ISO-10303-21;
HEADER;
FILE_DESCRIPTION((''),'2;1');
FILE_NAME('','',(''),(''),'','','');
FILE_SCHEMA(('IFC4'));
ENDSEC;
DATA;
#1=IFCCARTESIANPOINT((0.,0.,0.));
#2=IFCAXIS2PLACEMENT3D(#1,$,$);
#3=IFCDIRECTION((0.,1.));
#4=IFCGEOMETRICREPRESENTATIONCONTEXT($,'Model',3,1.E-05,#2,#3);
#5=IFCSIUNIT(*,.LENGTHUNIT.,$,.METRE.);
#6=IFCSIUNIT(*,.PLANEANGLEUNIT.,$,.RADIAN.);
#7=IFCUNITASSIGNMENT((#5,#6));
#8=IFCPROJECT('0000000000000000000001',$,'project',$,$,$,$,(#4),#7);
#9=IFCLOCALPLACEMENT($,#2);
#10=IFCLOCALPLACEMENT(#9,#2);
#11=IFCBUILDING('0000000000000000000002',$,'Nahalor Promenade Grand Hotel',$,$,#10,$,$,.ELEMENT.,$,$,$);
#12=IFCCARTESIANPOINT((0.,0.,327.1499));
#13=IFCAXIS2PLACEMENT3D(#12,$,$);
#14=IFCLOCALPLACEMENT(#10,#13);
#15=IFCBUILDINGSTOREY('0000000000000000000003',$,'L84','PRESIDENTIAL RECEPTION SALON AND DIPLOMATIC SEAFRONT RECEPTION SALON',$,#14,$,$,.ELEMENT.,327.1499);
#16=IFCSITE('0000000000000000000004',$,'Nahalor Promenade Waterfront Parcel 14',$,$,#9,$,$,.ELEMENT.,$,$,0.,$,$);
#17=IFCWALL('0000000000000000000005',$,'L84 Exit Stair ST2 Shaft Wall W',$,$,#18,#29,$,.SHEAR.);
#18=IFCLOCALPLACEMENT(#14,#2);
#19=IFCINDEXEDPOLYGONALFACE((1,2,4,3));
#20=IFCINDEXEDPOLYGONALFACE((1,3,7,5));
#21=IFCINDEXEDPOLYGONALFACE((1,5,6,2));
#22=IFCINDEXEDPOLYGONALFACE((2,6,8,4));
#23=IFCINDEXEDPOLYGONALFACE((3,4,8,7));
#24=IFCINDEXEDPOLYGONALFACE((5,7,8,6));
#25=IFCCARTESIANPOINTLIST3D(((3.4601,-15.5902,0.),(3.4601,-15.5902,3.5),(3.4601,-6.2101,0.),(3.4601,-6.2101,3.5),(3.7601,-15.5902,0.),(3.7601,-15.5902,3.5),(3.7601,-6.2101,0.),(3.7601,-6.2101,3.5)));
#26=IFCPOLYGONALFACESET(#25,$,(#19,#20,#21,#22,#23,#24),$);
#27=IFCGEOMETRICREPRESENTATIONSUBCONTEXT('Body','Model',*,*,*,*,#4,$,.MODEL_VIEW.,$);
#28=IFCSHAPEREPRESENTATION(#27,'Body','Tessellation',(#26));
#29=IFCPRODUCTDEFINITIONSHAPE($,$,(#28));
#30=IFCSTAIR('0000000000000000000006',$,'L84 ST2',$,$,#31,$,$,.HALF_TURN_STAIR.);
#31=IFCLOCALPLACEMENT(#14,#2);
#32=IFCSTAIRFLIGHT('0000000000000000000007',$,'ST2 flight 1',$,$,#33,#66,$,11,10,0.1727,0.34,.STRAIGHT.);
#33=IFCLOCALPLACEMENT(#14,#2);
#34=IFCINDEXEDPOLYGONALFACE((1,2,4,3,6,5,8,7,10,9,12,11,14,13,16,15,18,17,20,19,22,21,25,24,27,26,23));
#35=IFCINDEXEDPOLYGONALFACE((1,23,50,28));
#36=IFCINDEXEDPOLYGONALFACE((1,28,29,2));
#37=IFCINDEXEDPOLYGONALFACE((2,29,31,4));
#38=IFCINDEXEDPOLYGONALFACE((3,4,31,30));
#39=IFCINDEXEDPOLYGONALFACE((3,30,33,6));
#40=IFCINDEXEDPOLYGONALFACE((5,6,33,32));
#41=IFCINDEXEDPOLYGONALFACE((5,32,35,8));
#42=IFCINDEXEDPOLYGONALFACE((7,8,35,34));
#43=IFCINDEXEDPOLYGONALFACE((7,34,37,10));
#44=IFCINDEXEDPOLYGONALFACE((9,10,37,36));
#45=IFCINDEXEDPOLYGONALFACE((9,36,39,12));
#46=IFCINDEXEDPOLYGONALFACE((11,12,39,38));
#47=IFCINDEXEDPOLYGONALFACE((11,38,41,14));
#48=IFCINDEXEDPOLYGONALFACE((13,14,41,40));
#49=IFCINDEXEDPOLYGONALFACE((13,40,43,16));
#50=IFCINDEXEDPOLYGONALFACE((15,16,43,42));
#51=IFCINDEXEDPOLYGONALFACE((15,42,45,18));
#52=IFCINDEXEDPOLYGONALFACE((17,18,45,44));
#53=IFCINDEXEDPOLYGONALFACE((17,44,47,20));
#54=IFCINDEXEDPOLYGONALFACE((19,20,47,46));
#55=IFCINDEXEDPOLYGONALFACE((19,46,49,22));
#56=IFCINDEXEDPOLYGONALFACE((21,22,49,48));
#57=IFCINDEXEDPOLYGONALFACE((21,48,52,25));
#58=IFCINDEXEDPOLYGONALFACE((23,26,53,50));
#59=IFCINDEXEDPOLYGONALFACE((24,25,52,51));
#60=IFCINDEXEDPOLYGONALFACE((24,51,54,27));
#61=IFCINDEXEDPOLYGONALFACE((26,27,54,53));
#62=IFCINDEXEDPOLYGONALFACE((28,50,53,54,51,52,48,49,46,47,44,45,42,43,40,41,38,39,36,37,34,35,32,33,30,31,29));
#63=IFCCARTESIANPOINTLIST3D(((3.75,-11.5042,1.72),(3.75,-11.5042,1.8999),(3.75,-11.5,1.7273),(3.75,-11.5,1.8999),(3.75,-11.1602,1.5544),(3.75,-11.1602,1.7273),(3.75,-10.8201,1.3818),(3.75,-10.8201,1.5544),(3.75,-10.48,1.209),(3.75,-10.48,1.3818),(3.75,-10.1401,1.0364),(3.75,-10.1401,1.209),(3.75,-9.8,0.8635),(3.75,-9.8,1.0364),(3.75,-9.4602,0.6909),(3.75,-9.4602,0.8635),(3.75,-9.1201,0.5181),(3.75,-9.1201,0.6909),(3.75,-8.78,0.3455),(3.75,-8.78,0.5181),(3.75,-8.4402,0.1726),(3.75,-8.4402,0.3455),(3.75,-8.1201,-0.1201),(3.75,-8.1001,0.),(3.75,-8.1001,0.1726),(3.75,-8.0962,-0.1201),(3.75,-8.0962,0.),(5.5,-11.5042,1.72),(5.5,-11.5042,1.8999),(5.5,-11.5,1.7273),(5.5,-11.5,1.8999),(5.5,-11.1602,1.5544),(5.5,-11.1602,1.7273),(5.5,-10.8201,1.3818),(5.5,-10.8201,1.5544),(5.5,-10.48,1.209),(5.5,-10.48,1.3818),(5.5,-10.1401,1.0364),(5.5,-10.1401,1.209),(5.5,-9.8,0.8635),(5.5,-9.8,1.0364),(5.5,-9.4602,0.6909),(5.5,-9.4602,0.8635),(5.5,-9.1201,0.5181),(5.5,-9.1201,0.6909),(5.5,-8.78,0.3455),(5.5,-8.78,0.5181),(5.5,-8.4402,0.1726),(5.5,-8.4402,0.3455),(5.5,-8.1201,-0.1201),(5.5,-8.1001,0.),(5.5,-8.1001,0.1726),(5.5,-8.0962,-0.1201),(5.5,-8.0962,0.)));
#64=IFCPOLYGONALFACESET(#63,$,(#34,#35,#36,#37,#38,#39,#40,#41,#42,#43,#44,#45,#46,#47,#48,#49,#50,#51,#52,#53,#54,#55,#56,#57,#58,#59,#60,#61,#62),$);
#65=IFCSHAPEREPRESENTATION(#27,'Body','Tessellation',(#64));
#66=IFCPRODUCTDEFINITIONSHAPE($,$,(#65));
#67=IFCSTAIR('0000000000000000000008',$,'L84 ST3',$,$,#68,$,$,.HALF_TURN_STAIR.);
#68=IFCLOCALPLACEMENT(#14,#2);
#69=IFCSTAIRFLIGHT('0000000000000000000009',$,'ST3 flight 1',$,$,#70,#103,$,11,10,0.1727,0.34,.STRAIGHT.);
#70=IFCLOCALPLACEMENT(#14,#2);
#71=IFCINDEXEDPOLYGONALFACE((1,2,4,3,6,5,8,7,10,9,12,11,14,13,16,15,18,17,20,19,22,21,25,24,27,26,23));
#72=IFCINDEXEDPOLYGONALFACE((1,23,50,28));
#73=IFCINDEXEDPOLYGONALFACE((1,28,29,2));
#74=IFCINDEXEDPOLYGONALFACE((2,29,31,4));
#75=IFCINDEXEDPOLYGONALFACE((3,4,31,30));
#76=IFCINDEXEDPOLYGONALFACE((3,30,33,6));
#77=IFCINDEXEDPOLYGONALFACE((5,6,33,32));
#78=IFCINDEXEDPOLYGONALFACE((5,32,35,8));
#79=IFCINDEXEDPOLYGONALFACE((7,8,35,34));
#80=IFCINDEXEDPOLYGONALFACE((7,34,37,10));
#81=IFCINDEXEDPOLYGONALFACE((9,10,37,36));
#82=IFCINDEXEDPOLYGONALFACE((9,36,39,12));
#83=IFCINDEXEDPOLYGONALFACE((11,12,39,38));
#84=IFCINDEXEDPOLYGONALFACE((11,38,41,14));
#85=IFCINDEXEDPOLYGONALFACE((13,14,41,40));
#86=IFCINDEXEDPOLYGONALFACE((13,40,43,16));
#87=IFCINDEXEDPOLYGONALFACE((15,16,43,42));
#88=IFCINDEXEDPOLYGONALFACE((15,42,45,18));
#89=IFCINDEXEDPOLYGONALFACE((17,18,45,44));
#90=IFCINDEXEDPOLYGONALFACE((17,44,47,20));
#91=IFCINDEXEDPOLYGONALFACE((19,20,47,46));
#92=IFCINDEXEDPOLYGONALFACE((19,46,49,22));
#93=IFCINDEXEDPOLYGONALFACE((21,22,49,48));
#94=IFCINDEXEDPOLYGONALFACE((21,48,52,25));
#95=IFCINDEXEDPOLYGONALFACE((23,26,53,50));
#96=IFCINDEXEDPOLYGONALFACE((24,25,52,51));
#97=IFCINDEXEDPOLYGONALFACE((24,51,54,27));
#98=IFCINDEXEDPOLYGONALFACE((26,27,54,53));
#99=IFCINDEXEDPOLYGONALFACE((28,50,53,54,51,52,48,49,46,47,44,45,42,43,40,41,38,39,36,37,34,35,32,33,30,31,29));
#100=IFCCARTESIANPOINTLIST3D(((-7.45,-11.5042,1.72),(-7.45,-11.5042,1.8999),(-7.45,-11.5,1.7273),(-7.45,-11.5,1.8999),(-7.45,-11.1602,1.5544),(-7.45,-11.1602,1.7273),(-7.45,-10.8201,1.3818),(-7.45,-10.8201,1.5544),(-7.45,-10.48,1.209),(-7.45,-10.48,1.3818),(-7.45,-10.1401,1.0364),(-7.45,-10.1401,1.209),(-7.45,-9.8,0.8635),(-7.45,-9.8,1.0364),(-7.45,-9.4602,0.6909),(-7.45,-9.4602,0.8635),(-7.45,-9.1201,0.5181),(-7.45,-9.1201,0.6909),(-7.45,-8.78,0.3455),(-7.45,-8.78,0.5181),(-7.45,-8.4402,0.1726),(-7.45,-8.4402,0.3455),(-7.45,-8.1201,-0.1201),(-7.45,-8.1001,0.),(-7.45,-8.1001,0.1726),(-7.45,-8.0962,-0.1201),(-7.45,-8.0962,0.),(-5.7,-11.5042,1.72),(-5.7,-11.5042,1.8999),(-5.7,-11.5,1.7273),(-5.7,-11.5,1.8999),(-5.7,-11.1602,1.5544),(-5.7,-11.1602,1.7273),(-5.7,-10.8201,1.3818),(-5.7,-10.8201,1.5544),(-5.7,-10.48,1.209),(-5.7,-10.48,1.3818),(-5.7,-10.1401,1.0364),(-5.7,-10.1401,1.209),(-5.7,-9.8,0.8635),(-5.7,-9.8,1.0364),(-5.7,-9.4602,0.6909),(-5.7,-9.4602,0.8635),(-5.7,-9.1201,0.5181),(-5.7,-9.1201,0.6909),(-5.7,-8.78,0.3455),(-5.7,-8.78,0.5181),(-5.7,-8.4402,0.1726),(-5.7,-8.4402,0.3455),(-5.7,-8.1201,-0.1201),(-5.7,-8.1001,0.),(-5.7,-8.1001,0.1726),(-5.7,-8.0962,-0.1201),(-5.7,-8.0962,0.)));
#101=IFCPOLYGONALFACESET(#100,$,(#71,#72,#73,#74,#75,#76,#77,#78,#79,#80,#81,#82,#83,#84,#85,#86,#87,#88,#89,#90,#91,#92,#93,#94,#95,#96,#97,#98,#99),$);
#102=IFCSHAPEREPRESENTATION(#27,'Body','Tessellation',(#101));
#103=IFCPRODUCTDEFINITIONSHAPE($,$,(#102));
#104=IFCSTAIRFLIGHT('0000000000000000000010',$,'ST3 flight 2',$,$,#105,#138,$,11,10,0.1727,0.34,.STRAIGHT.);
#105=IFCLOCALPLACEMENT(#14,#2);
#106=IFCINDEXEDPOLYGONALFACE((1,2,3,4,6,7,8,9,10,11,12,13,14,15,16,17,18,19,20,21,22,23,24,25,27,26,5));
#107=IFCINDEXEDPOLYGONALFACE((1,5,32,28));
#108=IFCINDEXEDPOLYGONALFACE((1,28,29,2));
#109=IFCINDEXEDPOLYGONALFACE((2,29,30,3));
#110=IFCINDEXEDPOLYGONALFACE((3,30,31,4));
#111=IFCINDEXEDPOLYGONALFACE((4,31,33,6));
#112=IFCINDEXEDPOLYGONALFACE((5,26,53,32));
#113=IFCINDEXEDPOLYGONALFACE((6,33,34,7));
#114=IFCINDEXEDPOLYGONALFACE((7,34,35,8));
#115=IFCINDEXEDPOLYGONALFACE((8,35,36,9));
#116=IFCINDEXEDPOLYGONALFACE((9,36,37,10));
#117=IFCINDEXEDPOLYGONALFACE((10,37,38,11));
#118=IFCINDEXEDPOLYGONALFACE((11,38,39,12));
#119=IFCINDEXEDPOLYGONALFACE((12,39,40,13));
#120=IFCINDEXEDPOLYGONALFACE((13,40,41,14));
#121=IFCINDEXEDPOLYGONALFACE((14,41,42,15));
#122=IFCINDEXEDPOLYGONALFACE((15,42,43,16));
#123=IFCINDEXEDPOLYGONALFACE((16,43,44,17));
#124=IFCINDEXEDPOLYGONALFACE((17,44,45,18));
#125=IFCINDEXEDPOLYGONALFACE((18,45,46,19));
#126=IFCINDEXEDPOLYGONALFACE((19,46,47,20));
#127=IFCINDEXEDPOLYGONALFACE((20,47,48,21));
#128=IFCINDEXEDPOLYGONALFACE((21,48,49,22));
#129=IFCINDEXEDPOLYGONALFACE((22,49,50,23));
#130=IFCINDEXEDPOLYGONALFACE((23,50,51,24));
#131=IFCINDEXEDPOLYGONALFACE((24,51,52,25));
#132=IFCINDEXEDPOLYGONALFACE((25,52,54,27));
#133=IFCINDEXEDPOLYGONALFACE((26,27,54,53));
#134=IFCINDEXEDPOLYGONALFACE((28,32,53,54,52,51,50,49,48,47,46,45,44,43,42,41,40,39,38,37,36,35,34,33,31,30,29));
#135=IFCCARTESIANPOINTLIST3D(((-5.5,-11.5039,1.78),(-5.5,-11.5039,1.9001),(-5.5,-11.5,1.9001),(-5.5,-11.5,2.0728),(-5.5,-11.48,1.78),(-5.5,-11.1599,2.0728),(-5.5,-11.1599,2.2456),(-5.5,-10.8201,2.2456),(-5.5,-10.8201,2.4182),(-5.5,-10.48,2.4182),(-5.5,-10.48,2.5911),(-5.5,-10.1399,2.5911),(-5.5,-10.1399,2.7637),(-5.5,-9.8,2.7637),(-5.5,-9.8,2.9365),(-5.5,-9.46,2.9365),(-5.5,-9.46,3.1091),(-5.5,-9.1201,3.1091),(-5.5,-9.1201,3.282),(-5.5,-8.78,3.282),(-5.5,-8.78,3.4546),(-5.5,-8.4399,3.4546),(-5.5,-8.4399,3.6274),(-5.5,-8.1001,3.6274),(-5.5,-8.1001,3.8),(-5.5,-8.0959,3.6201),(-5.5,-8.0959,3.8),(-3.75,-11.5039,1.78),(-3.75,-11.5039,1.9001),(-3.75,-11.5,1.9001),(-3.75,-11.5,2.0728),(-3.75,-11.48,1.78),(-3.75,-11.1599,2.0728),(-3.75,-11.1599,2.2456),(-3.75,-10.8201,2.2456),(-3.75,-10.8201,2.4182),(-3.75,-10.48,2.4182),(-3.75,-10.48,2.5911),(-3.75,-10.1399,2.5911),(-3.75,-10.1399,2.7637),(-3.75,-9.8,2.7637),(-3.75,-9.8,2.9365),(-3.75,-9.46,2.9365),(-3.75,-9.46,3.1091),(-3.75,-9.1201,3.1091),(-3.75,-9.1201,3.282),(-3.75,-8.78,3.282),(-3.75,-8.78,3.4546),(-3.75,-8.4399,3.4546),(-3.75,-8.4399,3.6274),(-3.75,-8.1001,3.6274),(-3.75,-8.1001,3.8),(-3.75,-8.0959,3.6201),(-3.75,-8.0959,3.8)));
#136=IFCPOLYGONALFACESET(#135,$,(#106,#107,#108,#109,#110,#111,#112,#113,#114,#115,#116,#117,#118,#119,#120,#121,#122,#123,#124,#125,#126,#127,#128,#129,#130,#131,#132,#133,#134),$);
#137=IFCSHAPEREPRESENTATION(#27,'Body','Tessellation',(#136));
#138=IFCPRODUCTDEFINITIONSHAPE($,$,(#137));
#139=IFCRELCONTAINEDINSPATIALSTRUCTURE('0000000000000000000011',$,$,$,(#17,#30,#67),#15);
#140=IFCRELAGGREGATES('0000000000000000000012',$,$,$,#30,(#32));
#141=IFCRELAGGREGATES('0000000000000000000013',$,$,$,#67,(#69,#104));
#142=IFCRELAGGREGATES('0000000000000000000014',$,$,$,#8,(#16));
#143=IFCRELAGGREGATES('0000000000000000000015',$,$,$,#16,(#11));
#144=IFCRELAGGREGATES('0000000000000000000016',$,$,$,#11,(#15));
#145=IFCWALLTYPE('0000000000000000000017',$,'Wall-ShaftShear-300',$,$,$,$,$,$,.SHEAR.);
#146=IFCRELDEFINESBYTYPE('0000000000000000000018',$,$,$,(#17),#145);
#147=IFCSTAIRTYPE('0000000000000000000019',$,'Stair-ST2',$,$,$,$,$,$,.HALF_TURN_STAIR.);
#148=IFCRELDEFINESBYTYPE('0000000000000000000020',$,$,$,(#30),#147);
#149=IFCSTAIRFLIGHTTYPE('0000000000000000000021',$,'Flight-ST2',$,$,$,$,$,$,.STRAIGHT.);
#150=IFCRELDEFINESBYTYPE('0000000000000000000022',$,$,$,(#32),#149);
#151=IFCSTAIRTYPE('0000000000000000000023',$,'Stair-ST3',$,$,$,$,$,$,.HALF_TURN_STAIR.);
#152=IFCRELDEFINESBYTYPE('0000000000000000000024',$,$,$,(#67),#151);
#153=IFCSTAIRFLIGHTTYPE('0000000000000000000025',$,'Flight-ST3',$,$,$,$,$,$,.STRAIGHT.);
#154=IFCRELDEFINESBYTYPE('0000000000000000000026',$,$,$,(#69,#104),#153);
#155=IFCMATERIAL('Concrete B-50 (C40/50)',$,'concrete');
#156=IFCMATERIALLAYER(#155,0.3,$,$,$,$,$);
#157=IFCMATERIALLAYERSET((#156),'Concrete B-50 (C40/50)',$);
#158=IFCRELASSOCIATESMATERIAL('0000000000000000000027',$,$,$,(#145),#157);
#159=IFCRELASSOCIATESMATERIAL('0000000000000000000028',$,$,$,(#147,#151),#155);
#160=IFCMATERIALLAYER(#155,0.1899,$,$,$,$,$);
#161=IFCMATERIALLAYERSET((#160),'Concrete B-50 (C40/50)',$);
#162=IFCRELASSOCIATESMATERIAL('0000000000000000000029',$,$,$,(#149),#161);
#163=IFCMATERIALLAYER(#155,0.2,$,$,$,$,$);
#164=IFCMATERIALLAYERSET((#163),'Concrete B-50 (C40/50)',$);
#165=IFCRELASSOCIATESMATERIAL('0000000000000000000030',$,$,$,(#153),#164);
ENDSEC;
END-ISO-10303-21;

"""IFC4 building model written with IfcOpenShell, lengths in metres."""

from ifc_helpers import new_model, si_unit, direction, frame, frame_2d, origin, place, context, subcontext, project, spatial, polyline, rectangle, outline, extrude, source, transform, mapped, material, layer, layer_set, type_object, element, aggregate, save


model = new_model("IFC4")

# Units and contexts
model_context = context("Model", 3, precision=1e-05, world=origin(), true_north=direction((0.0, 1.0)))
body_context = subcontext(model_context, "Body", "Model", "MODEL_VIEW")
ifc_project = project(units=[si_unit("LENGTHUNIT", "METRE"), si_unit("PLANEANGLEUNIT", "RADIAN")], contexts=[model_context])

# Site, building, storey
site_placement = place(None, origin())
site = spatial("IfcSite", under=ifc_project, at=site_placement, Name="Nahalor Promenade Waterfront Parcel 14", CompositionType="ELEMENT", RefElevation=0.0)
building_placement = place(site_placement, origin())
building = spatial("IfcBuilding", under=site, at=building_placement, Name="Nahalor Promenade Grand Hotel", CompositionType="ELEMENT")
storey_placement = place(building_placement, frame((0.0, 0.0, 327.1499)))
storey = spatial("IfcBuildingStorey", under=building, at=storey_placement, Name="L84", Description="PRESIDENTIAL RECEPTION SALON AND DIPLOMATIC SEAFRONT RECEPTION SALON", CompositionType="ELEMENT", Elevation=327.1499)

# Shared definitions
ifc_material_1 = material(Name="Concrete B-50 (C40/50)", Category="concrete")

# Shared definitions
ifc_layer_1 = layer(ifc_material_1, 0.3)
ifc_layer_set_1 = layer_set([ifc_layer_1], Name="Concrete B-50 (C40/50)")
wall_type = type_object("IfcWallType", Name="Wall-ShaftShear-300", PredefinedType="SHEAR", material=ifc_layer_set_1)

# Wall
shared_shape_1 = source(origin(), body_context, "Body", "SweptSolid", [
    extrude(rectangle(XDim=9.3801, YDim=0.3, at=frame_2d((4.6899, 0.0))), origin(), (0.0, 0.0, 1.0), 3.5),
])
wall_1_placement = place(storey_placement, frame((3.6101, -15.5901, 0.0), z_axis=(0.0, 0.0, 1.0), x_axis=(0.0, 1.0, 0.0)))
element("IfcWall", 1, at=wall_1_placement, inside=storey, type_object=wall_type, Name="L84 Exit Stair ST2 Shaft Wall W", PredefinedType="SHEAR", context=body_context, shape_type="MappedRepresentation", body=[
    mapped(shared_shape_1, transform((0.0, 0.0, 0.0), scale=1.0)),
])

# Stair, stair flight
stair_type_1 = type_object("IfcStairType", Name="Stair-ST2", PredefinedType="HALF_TURN_STAIR", material=ifc_material_1)
stair_1_placement = place(storey_placement, origin())
stair_1 = element("IfcStair", 2, at=stair_1_placement, inside=storey, type_object=stair_type_1, Name="L84 ST2", PredefinedType="HALF_TURN_STAIR")
ifc_layer_2 = layer(ifc_material_1, 0.1899)
ifc_layer_set_2 = layer_set([ifc_layer_2], Name="Concrete B-50 (C40/50)")
stair_flight_type_1 = type_object("IfcStairFlightType", Name="Flight-ST2", PredefinedType="STRAIGHT", material=ifc_layer_set_2)
shared_shape_2 = source(origin(), body_context, "Body", "SweptSolid", [
    extrude(outline(polyline([(-0.0039, -0.1201), (-0.0039, 0.0), (0.0, 0.0), (0.0, 0.1726), (0.3401, 0.1726), (0.3401, 0.3455), (0.6799, 0.3455), (0.6799, 0.5181), (1.02, 0.5181), (1.02, 0.6909), (1.3601, 0.6909), (1.3601, 0.8635), (1.7, 0.8635), (1.7, 1.0364), (2.04, 1.0364), (2.04, 1.209), (2.3799, 1.209), (2.3799, 1.3818), (2.72, 1.3818), (2.72, 1.5544), (3.0601, 1.5544), (3.0601, 1.7273), (3.3999, 1.7273), (3.3999, 1.8999), (3.4041, 1.8999), (3.4041, 1.72), (0.02, -0.1201), (-0.0039, -0.1201)])), frame((0.0, 0.875, 0.0), z_axis=(0.0, -1.0, 0.0), x_axis=(1.0, 0.0, 0.0)), (0.0, 0.0, 1.0), 1.75),
])
stair_flight_1_placement = place(storey_placement, frame((4.625, -8.1001, 0.0), z_axis=(0.0, 0.0, 1.0), x_axis=(0.0, -1.0, 0.0)))
stair_flight_1 = element("IfcStairFlight", 3, at=stair_flight_1_placement, type_object=stair_flight_type_1, Name="ST2 flight 1", NumberOfRisers=11, NumberOfTreads=10, PredefinedType="STRAIGHT", RiserHeight=0.1727, TreadLength=0.34, context=body_context, shape_type="MappedRepresentation", body=[
    mapped(shared_shape_2, transform((0.0, 0.0, 0.0), scale=1.0)),
])
aggregate(stair_1, [stair_flight_1])

# Stair, stair flights
stair_type_2 = type_object("IfcStairType", Name="Stair-ST3", PredefinedType="HALF_TURN_STAIR", material=ifc_material_1)
stair_2_placement = place(storey_placement, origin())
stair_2 = element("IfcStair", 4, at=stair_2_placement, inside=storey, type_object=stair_type_2, Name="L84 ST3", PredefinedType="HALF_TURN_STAIR")
ifc_layer_3 = layer(ifc_material_1, 0.2)
ifc_layer_set_3 = layer_set([ifc_layer_3], Name="Concrete B-50 (C40/50)")
stair_flight_type_2 = type_object("IfcStairFlightType", Name="Flight-ST3", PredefinedType="STRAIGHT", material=ifc_layer_set_3)
shared_shape_3 = source(origin(), body_context, "Body", "SweptSolid", [
    extrude(outline(polyline([(-0.0039, -0.1201), (-0.0039, 0.0), (0.0, 0.0), (0.0, 0.1726), (0.3401, 0.1726), (0.3401, 0.3455), (0.6799, 0.3455), (0.6799, 0.5181), (1.02, 0.5181), (1.02, 0.6909), (1.3601, 0.6909), (1.3601, 0.8635), (1.7, 0.8635), (1.7, 1.0364), (2.04, 1.0364), (2.04, 1.209), (2.3799, 1.209), (2.3799, 1.3818), (2.72, 1.3818), (2.72, 1.5544), (3.0601, 1.5544), (3.0601, 1.7273), (3.3999, 1.7273), (3.3999, 1.8999), (3.4041, 1.8999), (3.4041, 1.72), (0.02, -0.1201), (-0.0039, -0.1201)])), frame((0.0, 0.875, 0.0), z_axis=(0.0, -1.0, 0.0), x_axis=(1.0, 0.0, 0.0)), (0.0, 0.0, 1.0), 1.75),
])
stair_flight_2_placement = place(storey_placement, frame((-6.575, -8.1001, 0.0), z_axis=(0.0, 0.0, 1.0), x_axis=(0.0, -1.0, 0.0)))
stair_flight_2 = element("IfcStairFlight", 5, at=stair_flight_2_placement, type_object=stair_flight_type_2, Name="ST3 flight 1", NumberOfRisers=11, NumberOfTreads=10, PredefinedType="STRAIGHT", RiserHeight=0.1727, TreadLength=0.34, context=body_context, shape_type="MappedRepresentation", body=[
    mapped(shared_shape_3, transform((0.0, 0.0, 0.0), scale=1.0)),
])
stair_flight_3_placement = place(storey_placement, frame((-4.625, -11.5, 1.9001), z_axis=(0.0, 0.0, 1.0), x_axis=(0.0, 1.0, 0.0)))
stair_flight_3 = element("IfcStairFlight", 6, at=stair_flight_3_placement, type_object=stair_flight_type_2, Name="ST3 flight 2", NumberOfRisers=11, NumberOfTreads=10, PredefinedType="STRAIGHT", RiserHeight=0.1727, TreadLength=0.34, context=body_context, shape_type="MappedRepresentation", body=[
    mapped(shared_shape_3, transform((0.0, 0.0, 0.0), scale=1.0)),
])
aggregate(stair_2, [stair_flight_2, stair_flight_3])

save(model, "model.ifc")
